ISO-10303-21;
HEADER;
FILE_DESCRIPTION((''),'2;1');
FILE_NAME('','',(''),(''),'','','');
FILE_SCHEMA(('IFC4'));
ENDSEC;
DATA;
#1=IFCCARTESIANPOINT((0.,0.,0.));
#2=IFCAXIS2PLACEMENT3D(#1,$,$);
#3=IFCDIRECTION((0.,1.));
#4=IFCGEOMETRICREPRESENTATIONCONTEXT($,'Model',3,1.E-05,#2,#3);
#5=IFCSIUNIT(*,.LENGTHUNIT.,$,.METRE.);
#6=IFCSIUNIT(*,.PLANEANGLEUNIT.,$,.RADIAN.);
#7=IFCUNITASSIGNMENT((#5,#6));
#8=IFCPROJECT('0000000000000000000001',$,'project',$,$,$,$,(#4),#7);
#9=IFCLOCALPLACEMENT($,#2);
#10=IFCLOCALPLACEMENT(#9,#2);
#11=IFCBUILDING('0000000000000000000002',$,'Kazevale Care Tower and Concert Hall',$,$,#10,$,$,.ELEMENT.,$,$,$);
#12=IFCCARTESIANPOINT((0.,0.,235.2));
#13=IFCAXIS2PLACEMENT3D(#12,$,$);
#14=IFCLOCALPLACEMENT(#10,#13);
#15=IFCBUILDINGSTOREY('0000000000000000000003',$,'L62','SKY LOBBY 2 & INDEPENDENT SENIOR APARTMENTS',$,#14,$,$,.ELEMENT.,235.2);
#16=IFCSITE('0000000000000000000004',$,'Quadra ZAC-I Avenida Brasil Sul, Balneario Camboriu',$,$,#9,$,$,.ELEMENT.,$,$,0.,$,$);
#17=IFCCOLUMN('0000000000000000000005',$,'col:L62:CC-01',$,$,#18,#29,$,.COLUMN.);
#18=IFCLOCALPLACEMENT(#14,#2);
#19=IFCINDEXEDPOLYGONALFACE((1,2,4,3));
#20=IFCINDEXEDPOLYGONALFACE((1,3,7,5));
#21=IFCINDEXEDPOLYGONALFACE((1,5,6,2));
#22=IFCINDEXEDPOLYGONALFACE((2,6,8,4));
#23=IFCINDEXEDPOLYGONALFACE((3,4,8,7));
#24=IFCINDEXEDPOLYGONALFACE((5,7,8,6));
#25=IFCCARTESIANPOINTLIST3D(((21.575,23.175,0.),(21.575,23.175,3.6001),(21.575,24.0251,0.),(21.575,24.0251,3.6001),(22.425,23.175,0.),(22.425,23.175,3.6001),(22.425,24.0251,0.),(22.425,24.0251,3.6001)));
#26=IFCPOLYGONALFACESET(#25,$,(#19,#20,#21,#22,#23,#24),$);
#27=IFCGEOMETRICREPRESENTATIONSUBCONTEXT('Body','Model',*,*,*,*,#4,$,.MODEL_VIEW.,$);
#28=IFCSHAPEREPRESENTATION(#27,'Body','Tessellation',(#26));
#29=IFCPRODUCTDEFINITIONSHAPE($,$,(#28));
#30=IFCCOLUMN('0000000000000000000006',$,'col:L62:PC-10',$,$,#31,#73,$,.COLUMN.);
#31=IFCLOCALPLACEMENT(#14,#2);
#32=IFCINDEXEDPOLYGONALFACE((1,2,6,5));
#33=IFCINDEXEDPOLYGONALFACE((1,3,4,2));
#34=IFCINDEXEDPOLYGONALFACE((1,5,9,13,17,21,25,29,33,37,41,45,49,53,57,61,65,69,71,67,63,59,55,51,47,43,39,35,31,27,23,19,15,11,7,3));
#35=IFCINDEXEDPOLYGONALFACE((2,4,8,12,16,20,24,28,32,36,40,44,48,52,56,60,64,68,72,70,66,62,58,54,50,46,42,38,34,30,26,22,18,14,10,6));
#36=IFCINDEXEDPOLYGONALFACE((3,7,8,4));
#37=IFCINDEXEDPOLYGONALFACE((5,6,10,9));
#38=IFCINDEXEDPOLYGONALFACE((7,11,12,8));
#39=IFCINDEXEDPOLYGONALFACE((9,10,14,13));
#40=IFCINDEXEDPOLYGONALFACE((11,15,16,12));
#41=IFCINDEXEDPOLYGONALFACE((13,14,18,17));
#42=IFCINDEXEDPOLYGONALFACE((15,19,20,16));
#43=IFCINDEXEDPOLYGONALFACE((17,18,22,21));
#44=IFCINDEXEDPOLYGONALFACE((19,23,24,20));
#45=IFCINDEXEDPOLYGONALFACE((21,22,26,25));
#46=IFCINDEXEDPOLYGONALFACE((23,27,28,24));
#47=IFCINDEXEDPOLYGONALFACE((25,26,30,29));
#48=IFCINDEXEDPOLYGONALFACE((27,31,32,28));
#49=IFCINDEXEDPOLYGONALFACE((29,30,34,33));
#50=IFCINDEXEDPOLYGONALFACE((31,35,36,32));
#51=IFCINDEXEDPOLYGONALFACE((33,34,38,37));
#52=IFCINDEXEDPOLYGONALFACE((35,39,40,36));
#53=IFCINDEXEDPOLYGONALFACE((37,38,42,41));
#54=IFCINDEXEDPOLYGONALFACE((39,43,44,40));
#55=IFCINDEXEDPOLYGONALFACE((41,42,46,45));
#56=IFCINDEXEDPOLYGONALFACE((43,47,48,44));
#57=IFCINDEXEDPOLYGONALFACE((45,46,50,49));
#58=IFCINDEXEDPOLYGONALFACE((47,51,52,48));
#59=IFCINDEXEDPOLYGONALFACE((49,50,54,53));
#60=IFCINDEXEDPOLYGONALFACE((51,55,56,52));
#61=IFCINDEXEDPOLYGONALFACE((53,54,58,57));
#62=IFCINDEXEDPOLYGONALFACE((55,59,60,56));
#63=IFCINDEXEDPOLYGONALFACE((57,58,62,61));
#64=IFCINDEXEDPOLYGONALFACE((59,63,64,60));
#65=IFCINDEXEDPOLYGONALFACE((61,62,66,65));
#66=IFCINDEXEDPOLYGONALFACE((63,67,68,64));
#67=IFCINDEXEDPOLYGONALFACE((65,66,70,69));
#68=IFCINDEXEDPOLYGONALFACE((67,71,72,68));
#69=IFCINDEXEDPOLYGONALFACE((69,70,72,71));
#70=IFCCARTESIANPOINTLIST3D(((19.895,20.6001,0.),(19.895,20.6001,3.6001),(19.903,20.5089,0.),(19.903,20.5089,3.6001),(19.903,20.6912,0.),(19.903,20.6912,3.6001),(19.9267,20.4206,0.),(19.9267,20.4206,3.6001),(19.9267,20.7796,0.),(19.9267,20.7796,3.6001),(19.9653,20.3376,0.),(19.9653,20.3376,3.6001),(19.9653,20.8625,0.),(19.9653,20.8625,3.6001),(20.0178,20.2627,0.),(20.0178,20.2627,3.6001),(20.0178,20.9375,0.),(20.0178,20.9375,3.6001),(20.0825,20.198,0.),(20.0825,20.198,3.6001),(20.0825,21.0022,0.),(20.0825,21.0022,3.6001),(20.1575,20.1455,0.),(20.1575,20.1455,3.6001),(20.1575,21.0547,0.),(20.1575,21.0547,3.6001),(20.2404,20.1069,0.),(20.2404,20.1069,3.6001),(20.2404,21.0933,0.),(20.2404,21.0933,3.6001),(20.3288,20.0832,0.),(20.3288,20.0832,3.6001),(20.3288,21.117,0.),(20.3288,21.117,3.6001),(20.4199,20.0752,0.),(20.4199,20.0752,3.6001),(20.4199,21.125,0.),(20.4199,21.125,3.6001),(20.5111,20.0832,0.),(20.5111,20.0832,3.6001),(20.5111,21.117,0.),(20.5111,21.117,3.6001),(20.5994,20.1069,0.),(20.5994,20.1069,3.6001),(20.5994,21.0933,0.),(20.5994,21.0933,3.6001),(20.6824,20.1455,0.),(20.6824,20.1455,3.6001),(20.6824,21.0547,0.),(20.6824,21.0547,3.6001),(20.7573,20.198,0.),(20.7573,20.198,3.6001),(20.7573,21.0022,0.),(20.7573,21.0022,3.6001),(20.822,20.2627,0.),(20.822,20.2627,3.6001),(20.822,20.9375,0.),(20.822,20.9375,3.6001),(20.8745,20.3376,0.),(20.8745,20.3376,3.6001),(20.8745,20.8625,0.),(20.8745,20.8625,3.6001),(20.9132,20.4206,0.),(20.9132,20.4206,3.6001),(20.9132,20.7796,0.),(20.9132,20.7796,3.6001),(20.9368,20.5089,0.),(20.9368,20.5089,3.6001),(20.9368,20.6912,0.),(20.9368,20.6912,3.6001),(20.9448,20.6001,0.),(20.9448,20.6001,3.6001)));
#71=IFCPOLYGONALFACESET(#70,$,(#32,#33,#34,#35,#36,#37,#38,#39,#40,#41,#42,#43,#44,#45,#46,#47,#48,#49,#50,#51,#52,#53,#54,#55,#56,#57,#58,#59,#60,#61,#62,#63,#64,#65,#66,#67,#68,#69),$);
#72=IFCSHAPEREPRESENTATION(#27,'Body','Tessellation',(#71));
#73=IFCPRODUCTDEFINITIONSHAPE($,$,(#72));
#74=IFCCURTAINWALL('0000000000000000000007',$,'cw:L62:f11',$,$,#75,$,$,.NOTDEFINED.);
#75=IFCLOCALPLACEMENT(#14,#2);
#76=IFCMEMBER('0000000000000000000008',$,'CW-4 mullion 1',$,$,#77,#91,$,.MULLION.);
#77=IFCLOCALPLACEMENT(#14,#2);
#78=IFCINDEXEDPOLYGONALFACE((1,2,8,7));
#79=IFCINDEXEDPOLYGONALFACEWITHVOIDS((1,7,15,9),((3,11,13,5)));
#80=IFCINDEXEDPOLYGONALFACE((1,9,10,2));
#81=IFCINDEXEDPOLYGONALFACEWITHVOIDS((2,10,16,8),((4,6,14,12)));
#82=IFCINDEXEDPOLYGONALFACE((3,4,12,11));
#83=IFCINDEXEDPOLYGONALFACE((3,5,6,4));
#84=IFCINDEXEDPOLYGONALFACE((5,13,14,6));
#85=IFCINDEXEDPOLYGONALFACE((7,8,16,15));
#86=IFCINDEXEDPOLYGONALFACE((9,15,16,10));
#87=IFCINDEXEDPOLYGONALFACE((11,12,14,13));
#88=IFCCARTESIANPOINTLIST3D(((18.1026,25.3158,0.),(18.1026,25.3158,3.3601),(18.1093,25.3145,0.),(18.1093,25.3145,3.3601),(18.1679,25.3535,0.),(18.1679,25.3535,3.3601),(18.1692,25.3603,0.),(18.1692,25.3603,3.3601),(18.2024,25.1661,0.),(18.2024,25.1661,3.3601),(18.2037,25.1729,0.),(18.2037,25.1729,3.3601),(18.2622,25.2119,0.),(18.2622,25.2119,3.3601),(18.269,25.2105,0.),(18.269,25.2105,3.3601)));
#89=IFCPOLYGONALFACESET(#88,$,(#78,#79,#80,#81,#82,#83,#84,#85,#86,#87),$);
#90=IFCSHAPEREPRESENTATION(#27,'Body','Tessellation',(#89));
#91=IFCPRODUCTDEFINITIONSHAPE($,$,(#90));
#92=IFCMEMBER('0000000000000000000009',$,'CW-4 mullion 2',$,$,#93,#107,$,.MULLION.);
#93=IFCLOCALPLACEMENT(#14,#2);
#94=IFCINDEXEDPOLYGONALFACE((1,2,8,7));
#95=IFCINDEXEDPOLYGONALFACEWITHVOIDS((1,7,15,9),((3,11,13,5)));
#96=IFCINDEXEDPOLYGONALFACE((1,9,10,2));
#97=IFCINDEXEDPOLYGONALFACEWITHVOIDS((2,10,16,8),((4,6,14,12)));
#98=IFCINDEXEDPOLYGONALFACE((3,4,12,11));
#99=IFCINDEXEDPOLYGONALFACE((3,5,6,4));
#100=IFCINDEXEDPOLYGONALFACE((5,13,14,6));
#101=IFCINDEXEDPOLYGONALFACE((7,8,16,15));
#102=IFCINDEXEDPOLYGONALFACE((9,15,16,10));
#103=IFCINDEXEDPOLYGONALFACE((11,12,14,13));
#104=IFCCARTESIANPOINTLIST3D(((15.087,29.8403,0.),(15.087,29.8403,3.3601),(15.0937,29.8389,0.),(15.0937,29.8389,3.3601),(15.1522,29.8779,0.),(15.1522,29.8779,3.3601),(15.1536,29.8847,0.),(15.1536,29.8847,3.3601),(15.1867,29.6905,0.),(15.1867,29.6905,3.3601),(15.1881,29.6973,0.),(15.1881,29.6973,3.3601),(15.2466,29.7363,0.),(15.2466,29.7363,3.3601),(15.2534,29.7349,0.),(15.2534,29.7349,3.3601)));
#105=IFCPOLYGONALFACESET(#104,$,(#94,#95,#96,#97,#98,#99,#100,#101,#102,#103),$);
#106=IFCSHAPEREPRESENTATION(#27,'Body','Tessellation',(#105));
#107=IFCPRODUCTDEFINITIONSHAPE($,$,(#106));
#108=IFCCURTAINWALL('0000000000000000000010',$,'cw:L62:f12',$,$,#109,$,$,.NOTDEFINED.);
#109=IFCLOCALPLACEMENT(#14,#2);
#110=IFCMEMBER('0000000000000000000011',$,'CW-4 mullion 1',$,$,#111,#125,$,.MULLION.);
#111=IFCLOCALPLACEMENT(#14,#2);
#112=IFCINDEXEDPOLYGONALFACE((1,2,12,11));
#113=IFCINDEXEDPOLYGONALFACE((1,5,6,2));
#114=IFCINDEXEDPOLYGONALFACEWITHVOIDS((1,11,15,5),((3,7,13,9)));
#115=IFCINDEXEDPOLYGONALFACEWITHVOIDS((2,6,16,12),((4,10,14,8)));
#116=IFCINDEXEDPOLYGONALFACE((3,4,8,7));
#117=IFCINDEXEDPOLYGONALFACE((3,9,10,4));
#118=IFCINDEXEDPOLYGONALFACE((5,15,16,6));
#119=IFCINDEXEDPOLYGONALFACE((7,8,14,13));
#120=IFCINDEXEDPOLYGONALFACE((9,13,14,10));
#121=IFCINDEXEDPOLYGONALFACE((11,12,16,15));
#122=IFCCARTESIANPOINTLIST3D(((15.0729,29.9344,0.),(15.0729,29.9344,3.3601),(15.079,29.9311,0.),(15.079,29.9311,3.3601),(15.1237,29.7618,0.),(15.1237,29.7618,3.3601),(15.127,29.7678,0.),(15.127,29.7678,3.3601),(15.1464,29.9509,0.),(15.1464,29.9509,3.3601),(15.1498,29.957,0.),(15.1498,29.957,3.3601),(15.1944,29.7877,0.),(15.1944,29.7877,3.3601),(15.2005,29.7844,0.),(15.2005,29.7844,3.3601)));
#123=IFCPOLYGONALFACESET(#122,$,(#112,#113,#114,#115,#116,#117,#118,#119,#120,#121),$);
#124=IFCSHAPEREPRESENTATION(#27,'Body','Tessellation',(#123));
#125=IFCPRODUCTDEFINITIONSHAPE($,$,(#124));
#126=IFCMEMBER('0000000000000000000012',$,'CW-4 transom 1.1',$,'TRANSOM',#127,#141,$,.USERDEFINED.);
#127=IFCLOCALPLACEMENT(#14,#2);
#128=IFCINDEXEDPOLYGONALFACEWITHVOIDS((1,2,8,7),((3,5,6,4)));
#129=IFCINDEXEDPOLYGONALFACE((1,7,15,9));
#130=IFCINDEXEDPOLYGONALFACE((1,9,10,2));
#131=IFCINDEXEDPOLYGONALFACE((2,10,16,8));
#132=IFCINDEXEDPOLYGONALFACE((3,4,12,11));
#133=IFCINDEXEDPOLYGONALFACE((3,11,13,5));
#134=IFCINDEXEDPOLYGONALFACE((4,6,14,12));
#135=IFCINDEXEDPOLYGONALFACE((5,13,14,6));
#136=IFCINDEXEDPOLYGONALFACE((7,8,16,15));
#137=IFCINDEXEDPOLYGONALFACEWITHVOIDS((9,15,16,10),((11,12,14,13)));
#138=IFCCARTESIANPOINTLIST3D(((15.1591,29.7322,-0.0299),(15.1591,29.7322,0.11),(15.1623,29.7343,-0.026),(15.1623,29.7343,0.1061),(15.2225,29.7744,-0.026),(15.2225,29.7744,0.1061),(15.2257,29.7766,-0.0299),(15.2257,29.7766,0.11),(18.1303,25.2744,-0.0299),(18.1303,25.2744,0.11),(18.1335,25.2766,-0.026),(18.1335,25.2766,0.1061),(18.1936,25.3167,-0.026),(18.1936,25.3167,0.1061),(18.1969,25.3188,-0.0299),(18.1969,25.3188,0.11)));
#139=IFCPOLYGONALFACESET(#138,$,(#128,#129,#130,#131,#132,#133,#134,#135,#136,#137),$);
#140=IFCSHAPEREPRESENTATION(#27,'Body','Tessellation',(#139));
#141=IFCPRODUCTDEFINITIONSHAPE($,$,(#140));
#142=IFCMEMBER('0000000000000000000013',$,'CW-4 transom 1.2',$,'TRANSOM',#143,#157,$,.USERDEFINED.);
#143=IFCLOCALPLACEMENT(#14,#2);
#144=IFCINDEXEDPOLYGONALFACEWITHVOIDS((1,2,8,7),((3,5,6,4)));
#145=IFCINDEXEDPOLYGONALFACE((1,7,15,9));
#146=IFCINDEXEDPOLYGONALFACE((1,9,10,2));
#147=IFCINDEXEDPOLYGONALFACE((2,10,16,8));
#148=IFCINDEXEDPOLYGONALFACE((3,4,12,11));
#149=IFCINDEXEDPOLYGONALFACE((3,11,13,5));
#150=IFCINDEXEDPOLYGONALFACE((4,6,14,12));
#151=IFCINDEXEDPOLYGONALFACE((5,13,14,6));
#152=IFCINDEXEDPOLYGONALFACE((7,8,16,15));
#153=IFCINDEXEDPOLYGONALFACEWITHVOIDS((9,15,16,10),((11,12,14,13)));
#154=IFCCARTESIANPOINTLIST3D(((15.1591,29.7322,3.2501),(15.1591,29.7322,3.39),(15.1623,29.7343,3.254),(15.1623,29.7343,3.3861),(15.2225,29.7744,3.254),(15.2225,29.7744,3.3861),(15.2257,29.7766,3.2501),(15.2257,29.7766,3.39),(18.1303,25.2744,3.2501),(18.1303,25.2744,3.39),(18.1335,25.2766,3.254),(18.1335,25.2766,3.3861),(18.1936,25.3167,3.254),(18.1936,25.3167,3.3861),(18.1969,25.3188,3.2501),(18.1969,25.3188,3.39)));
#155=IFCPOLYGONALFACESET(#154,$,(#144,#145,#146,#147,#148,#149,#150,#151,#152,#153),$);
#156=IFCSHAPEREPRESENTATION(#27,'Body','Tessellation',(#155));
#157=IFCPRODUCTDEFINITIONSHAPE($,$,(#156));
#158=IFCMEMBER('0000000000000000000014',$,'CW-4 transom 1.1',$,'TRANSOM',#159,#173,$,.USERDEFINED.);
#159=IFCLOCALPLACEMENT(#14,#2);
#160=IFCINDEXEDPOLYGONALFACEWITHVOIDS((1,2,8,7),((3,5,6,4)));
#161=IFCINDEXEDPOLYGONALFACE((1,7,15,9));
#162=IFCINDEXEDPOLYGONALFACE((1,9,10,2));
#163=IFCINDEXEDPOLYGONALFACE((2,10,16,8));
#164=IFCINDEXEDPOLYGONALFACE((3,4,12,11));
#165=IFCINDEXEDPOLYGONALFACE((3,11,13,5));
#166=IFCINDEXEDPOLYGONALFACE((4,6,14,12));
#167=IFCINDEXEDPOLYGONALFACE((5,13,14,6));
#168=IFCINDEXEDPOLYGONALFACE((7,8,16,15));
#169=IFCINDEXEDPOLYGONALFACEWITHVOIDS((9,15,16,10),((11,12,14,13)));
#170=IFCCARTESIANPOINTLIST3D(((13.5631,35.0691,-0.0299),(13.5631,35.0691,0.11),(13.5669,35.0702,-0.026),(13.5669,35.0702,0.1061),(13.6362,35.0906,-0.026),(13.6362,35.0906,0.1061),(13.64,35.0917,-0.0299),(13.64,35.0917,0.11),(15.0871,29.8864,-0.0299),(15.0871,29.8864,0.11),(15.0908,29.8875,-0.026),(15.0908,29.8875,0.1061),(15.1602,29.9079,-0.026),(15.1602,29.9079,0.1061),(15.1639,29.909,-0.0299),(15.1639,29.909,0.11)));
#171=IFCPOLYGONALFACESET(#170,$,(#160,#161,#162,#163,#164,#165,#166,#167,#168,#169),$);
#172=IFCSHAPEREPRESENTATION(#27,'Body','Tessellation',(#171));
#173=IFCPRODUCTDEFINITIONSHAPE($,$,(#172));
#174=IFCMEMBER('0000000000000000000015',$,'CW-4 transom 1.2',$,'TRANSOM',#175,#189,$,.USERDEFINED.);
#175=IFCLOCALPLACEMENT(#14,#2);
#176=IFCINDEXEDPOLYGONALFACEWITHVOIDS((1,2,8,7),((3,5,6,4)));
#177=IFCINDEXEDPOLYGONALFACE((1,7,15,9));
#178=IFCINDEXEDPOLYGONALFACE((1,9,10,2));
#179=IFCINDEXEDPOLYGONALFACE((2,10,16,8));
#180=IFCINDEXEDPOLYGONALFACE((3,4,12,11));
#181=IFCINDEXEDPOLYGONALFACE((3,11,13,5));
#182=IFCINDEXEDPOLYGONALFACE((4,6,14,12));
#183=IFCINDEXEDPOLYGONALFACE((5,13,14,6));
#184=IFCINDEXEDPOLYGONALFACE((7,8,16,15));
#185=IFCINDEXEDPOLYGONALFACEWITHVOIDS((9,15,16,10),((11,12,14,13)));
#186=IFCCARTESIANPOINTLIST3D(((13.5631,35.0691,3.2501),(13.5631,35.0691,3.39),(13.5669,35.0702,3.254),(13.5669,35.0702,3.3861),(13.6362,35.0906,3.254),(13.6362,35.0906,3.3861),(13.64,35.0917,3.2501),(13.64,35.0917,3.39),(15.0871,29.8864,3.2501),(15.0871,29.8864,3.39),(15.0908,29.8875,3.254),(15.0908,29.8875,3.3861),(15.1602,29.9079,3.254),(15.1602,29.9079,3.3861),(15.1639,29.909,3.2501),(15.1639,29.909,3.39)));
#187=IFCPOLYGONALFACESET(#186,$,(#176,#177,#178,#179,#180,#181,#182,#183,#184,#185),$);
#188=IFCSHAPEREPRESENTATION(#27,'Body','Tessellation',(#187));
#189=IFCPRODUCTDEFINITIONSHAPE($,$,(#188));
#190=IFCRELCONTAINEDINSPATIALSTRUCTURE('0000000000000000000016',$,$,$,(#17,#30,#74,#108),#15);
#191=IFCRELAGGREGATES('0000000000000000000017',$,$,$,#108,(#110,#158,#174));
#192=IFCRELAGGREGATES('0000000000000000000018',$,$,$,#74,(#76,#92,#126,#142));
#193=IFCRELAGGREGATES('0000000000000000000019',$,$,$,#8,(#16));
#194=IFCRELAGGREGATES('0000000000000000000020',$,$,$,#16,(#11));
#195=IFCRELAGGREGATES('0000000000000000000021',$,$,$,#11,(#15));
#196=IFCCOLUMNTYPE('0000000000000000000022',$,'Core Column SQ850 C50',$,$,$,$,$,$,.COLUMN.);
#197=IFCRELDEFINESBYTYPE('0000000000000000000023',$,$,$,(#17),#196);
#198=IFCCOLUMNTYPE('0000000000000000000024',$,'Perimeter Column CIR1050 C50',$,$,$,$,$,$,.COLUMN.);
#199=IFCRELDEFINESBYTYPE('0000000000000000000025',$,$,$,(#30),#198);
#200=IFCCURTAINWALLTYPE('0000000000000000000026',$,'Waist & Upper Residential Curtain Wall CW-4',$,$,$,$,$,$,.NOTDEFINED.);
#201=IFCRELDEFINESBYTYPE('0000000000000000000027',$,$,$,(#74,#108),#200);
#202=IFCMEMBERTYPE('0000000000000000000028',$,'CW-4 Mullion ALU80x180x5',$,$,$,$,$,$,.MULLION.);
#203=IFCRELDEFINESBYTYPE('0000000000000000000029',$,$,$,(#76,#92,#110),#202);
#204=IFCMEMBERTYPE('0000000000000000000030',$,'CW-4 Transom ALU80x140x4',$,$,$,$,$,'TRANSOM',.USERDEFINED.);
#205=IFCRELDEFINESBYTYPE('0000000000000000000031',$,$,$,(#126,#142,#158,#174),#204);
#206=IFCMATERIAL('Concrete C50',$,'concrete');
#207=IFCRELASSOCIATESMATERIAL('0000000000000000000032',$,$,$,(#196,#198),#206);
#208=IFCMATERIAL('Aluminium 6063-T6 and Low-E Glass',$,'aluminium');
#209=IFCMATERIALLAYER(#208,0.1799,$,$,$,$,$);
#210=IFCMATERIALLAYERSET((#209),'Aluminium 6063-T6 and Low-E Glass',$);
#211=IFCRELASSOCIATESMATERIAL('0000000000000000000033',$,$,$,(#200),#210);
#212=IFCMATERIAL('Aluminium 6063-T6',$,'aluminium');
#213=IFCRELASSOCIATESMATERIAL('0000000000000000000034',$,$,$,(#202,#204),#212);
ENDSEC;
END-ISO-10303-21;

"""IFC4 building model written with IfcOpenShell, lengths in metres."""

from ifc_helpers import new_model, si_unit, direction, frame, origin, origin_2d, place, context, subcontext, project, spatial, rectangle, hollow_rectangle, circle, extrude, material, layer, layer_set, material_profile, profile_set, type_object, element, aggregate, save


model = new_model("IFC4")

# Units and contexts
model_context = context("Model", 3, precision=1e-05, world=origin(), true_north=direction((0.0, 1.0)))
body_context = subcontext(model_context, "Body", "Model", "MODEL_VIEW")
ifc_project = project(units=[si_unit("LENGTHUNIT", "METRE"), si_unit("PLANEANGLEUNIT", "RADIAN")], contexts=[model_context])

# Site, building, storey
site_placement = place(None, origin())
site = spatial("IfcSite", under=ifc_project, at=site_placement, Name="Quadra ZAC-I Avenida Brasil Sul, Balneario Camboriu", CompositionType="ELEMENT", RefElevation=0.0)
building_placement = place(site_placement, origin())
building = spatial("IfcBuilding", under=site, at=building_placement, Name="Kazevale Care Tower and Concert Hall", CompositionType="ELEMENT")
storey_placement = place(building_placement, frame((0.0, 0.0, 235.2)))
storey = spatial("IfcBuildingStorey", under=building, at=storey_placement, Name="L62", Description="SKY LOBBY 2 & INDEPENDENT SENIOR APARTMENTS", CompositionType="ELEMENT", Elevation=235.2)

# Columns
ifc_material_1 = material(Name="Concrete C50", Category="concrete")
ifc_material_profile_1 = material_profile(ifc_material_1, rectangle(XDim=0.8501, YDim=0.8501, at=origin_2d()), Name="RC-SQ850")
ifc_profile_set_1 = profile_set([ifc_material_profile_1], Name="Concrete C50")
column_type_1 = type_object("IfcColumnType", Name="Core Column SQ850 C50", PredefinedType="COLUMN", material=ifc_profile_set_1)
column_1_placement = place(storey_placement, frame((22.0, 23.6001, 0.0), z_axis=(0.0, 0.0, 1.0), x_axis=(1.0, 0.0, 0.0)))
element("IfcColumn", 1, at=column_1_placement, inside=storey, type_object=column_type_1, Name="col:L62:CC-01", PredefinedType="COLUMN", context=body_context, shape_type="SweptSolid", body=[
    extrude(rectangle(XDim=0.8501, YDim=0.8501, at=origin_2d()), origin(), (0.0, 0.0, 1.0), 3.6001),
])
ifc_material_profile_2 = material_profile(ifc_material_1, circle(Radius=0.5249, at=origin_2d()), Name="RC-CIR1050")
ifc_profile_set_2 = profile_set([ifc_material_profile_2], Name="Concrete C50")
column_type_2 = type_object("IfcColumnType", Name="Perimeter Column CIR1050 C50", PredefinedType="COLUMN", material=ifc_profile_set_2)
column_2_placement = place(storey_placement, frame((20.4199, 20.6001, 0.0), z_axis=(0.0, 0.0, 1.0), x_axis=(1.0, 0.0, 0.0)))
element("IfcColumn", 2, at=column_2_placement, inside=storey, type_object=column_type_2, Name="col:L62:PC-10", PredefinedType="COLUMN", context=body_context, shape_type="SweptSolid", body=[
    extrude(circle(Radius=0.5249, at=origin_2d()), origin(), (0.0, 0.0, 1.0), 3.6001),
])

# Curtain wall, members
ifc_material_2 = material(Name="Aluminium 6063-T6 and Low-E Glass", Category="aluminium")
ifc_layer_1 = layer(ifc_material_2, 0.1799)
ifc_layer_set_1 = layer_set([ifc_layer_1], Name="Aluminium 6063-T6 and Low-E Glass")
curtain_wall_type_1 = type_object("IfcCurtainWallType", Name="Waist & Upper Residential Curtain Wall CW-4", PredefinedType="NOTDEFINED", material=ifc_layer_set_1)
curtain_wall_1_placement = place(storey_placement, origin())
curtain_wall_1 = element("IfcCurtainWall", 3, at=curtain_wall_1_placement, inside=storey, type_object=curtain_wall_type_1, Name="cw:L62:f11", PredefinedType="NOTDEFINED")
ifc_material_3 = material(Name="Aluminium 6063-T6", Category="aluminium")
ifc_material_profile_3 = material_profile(ifc_material_3, hollow_rectangle(XDim=0.0801, YDim=0.1799, WallThickness=0.0049, at=origin_2d()), Name="ALU80x180x5")
ifc_profile_set_3 = profile_set([ifc_material_profile_3], Name="Aluminium 6063-T6")
member_type_1 = type_object("IfcMemberType", Name="CW-4 Mullion ALU80x180x5", PredefinedType="MULLION", material=ifc_profile_set_3)
member_1_placement = place(storey_placement, frame((18.1858, 25.2632, 0.0), z_axis=(0.0, 0.0, 1.0), x_axis=(-0.832106, -0.554617, 0.0)))
member_1 = element("IfcMember", 4, at=member_1_placement, type_object=member_type_1, Name="CW-4 mullion 1", PredefinedType="MULLION", context=body_context, shape_type="SweptSolid", body=[
    extrude(hollow_rectangle(XDim=0.0801, YDim=0.1799, WallThickness=0.0049, at=origin_2d()), origin(), (0.0, 0.0, 1.0), 3.3601),
])
member_2_placement = place(storey_placement, frame((15.1702, 29.7876, 0.0), z_axis=(0.0, 0.0, 1.0), x_axis=(-0.832106, -0.554617, 0.0)))
member_2 = element("IfcMember", 5, at=member_2_placement, type_object=member_type_1, Name="CW-4 mullion 2", PredefinedType="MULLION", context=body_context, shape_type="SweptSolid", body=[
    extrude(hollow_rectangle(XDim=0.0801, YDim=0.1799, WallThickness=0.0049, at=origin_2d()), origin(), (0.0, 0.0, 1.0), 3.3601),
])

# Curtain wall, member
curtain_wall_2_placement = place(storey_placement, origin())
curtain_wall_2 = element("IfcCurtainWall", 6, at=curtain_wall_2_placement, inside=storey, type_object=curtain_wall_type_1, Name="cw:L62:f12", PredefinedType="NOTDEFINED")
member_3_placement = place(storey_placement, frame((15.1367, 29.8594, 0.0), z_axis=(0.0, 0.0, 1.0), x_axis=(-0.959386, -0.282098, 0.0)))
member_3 = element("IfcMember", 7, at=member_3_placement, type_object=member_type_1, Name="CW-4 mullion 1", PredefinedType="MULLION", context=body_context, shape_type="SweptSolid", body=[
    extrude(hollow_rectangle(XDim=0.0801, YDim=0.1799, WallThickness=0.0049, at=origin_2d()), origin(), (0.0, 0.0, 1.0), 3.3601),
])

# Members
ifc_material_profile_4 = material_profile(ifc_material_3, hollow_rectangle(XDim=0.0801, YDim=0.1399, WallThickness=0.0039, at=origin_2d()), Name="ALU80x140x4")
ifc_profile_set_4 = profile_set([ifc_material_profile_4], Name="Aluminium 6063-T6")
member_type_2 = type_object("IfcMemberType", Name="CW-4 Transom ALU80x140x4", ElementType="TRANSOM", PredefinedType="USERDEFINED", material=ifc_profile_set_4)
member_4_placement = place(storey_placement, frame((18.1636, 25.2966, 0.04), z_axis=(-0.554616, 0.832106, 0.0), x_axis=(-0.832106, -0.554616, 0.0)))
member_4 = element("IfcMember", 8, at=member_4_placement, type_object=member_type_2, Name="CW-4 transom 1.1", ObjectType="TRANSOM", PredefinedType="USERDEFINED", context=body_context, shape_type="SweptSolid", body=[
    extrude(hollow_rectangle(XDim=0.0801, YDim=0.1399, WallThickness=0.0039, at=origin_2d()), origin(), (0.0, 0.0, 1.0), 5.3572),
])
member_5_placement = place(storey_placement, frame((18.1636, 25.2966, 3.3201), z_axis=(-0.554616, 0.832106, 0.0), x_axis=(-0.832106, -0.554616, 0.0)))
member_5 = element("IfcMember", 9, at=member_5_placement, type_object=member_type_2, Name="CW-4 transom 1.2", ObjectType="TRANSOM", PredefinedType="USERDEFINED", context=body_context, shape_type="SweptSolid", body=[
    extrude(hollow_rectangle(XDim=0.0801, YDim=0.1399, WallThickness=0.0039, at=origin_2d()), origin(), (0.0, 0.0, 1.0), 5.3572),
])
member_6_placement = place(storey_placement, frame((15.1255, 29.8977, 0.04), z_axis=(-0.282103, 0.959384, 0.0), x_axis=(-0.959384, -0.282103, 0.0)))
member_6 = element("IfcMember", 10, at=member_6_placement, type_object=member_type_2, Name="CW-4 transom 1.1", ObjectType="TRANSOM", PredefinedType="USERDEFINED", context=body_context, shape_type="SweptSolid", body=[
    extrude(hollow_rectangle(XDim=0.0801, YDim=0.1399, WallThickness=0.0039, at=origin_2d()), origin(), (0.0, 0.0, 1.0), 5.4021),
])
member_7_placement = place(storey_placement, frame((15.1255, 29.8977, 3.3201), z_axis=(-0.282103, 0.959384, 0.0), x_axis=(-0.959384, -0.282103, 0.0)))
member_7 = element("IfcMember", 11, at=member_7_placement, type_object=member_type_2, Name="CW-4 transom 1.2", ObjectType="TRANSOM", PredefinedType="USERDEFINED", context=body_context, shape_type="SweptSolid", body=[
    extrude(hollow_rectangle(XDim=0.0801, YDim=0.1399, WallThickness=0.0039, at=origin_2d()), origin(), (0.0, 0.0, 1.0), 5.4021),
])
aggregate(curtain_wall_2, [member_3, member_6, member_7])

aggregate(curtain_wall_1, [member_1, member_2, member_4, member_5])

save(model, "model.ifc")
